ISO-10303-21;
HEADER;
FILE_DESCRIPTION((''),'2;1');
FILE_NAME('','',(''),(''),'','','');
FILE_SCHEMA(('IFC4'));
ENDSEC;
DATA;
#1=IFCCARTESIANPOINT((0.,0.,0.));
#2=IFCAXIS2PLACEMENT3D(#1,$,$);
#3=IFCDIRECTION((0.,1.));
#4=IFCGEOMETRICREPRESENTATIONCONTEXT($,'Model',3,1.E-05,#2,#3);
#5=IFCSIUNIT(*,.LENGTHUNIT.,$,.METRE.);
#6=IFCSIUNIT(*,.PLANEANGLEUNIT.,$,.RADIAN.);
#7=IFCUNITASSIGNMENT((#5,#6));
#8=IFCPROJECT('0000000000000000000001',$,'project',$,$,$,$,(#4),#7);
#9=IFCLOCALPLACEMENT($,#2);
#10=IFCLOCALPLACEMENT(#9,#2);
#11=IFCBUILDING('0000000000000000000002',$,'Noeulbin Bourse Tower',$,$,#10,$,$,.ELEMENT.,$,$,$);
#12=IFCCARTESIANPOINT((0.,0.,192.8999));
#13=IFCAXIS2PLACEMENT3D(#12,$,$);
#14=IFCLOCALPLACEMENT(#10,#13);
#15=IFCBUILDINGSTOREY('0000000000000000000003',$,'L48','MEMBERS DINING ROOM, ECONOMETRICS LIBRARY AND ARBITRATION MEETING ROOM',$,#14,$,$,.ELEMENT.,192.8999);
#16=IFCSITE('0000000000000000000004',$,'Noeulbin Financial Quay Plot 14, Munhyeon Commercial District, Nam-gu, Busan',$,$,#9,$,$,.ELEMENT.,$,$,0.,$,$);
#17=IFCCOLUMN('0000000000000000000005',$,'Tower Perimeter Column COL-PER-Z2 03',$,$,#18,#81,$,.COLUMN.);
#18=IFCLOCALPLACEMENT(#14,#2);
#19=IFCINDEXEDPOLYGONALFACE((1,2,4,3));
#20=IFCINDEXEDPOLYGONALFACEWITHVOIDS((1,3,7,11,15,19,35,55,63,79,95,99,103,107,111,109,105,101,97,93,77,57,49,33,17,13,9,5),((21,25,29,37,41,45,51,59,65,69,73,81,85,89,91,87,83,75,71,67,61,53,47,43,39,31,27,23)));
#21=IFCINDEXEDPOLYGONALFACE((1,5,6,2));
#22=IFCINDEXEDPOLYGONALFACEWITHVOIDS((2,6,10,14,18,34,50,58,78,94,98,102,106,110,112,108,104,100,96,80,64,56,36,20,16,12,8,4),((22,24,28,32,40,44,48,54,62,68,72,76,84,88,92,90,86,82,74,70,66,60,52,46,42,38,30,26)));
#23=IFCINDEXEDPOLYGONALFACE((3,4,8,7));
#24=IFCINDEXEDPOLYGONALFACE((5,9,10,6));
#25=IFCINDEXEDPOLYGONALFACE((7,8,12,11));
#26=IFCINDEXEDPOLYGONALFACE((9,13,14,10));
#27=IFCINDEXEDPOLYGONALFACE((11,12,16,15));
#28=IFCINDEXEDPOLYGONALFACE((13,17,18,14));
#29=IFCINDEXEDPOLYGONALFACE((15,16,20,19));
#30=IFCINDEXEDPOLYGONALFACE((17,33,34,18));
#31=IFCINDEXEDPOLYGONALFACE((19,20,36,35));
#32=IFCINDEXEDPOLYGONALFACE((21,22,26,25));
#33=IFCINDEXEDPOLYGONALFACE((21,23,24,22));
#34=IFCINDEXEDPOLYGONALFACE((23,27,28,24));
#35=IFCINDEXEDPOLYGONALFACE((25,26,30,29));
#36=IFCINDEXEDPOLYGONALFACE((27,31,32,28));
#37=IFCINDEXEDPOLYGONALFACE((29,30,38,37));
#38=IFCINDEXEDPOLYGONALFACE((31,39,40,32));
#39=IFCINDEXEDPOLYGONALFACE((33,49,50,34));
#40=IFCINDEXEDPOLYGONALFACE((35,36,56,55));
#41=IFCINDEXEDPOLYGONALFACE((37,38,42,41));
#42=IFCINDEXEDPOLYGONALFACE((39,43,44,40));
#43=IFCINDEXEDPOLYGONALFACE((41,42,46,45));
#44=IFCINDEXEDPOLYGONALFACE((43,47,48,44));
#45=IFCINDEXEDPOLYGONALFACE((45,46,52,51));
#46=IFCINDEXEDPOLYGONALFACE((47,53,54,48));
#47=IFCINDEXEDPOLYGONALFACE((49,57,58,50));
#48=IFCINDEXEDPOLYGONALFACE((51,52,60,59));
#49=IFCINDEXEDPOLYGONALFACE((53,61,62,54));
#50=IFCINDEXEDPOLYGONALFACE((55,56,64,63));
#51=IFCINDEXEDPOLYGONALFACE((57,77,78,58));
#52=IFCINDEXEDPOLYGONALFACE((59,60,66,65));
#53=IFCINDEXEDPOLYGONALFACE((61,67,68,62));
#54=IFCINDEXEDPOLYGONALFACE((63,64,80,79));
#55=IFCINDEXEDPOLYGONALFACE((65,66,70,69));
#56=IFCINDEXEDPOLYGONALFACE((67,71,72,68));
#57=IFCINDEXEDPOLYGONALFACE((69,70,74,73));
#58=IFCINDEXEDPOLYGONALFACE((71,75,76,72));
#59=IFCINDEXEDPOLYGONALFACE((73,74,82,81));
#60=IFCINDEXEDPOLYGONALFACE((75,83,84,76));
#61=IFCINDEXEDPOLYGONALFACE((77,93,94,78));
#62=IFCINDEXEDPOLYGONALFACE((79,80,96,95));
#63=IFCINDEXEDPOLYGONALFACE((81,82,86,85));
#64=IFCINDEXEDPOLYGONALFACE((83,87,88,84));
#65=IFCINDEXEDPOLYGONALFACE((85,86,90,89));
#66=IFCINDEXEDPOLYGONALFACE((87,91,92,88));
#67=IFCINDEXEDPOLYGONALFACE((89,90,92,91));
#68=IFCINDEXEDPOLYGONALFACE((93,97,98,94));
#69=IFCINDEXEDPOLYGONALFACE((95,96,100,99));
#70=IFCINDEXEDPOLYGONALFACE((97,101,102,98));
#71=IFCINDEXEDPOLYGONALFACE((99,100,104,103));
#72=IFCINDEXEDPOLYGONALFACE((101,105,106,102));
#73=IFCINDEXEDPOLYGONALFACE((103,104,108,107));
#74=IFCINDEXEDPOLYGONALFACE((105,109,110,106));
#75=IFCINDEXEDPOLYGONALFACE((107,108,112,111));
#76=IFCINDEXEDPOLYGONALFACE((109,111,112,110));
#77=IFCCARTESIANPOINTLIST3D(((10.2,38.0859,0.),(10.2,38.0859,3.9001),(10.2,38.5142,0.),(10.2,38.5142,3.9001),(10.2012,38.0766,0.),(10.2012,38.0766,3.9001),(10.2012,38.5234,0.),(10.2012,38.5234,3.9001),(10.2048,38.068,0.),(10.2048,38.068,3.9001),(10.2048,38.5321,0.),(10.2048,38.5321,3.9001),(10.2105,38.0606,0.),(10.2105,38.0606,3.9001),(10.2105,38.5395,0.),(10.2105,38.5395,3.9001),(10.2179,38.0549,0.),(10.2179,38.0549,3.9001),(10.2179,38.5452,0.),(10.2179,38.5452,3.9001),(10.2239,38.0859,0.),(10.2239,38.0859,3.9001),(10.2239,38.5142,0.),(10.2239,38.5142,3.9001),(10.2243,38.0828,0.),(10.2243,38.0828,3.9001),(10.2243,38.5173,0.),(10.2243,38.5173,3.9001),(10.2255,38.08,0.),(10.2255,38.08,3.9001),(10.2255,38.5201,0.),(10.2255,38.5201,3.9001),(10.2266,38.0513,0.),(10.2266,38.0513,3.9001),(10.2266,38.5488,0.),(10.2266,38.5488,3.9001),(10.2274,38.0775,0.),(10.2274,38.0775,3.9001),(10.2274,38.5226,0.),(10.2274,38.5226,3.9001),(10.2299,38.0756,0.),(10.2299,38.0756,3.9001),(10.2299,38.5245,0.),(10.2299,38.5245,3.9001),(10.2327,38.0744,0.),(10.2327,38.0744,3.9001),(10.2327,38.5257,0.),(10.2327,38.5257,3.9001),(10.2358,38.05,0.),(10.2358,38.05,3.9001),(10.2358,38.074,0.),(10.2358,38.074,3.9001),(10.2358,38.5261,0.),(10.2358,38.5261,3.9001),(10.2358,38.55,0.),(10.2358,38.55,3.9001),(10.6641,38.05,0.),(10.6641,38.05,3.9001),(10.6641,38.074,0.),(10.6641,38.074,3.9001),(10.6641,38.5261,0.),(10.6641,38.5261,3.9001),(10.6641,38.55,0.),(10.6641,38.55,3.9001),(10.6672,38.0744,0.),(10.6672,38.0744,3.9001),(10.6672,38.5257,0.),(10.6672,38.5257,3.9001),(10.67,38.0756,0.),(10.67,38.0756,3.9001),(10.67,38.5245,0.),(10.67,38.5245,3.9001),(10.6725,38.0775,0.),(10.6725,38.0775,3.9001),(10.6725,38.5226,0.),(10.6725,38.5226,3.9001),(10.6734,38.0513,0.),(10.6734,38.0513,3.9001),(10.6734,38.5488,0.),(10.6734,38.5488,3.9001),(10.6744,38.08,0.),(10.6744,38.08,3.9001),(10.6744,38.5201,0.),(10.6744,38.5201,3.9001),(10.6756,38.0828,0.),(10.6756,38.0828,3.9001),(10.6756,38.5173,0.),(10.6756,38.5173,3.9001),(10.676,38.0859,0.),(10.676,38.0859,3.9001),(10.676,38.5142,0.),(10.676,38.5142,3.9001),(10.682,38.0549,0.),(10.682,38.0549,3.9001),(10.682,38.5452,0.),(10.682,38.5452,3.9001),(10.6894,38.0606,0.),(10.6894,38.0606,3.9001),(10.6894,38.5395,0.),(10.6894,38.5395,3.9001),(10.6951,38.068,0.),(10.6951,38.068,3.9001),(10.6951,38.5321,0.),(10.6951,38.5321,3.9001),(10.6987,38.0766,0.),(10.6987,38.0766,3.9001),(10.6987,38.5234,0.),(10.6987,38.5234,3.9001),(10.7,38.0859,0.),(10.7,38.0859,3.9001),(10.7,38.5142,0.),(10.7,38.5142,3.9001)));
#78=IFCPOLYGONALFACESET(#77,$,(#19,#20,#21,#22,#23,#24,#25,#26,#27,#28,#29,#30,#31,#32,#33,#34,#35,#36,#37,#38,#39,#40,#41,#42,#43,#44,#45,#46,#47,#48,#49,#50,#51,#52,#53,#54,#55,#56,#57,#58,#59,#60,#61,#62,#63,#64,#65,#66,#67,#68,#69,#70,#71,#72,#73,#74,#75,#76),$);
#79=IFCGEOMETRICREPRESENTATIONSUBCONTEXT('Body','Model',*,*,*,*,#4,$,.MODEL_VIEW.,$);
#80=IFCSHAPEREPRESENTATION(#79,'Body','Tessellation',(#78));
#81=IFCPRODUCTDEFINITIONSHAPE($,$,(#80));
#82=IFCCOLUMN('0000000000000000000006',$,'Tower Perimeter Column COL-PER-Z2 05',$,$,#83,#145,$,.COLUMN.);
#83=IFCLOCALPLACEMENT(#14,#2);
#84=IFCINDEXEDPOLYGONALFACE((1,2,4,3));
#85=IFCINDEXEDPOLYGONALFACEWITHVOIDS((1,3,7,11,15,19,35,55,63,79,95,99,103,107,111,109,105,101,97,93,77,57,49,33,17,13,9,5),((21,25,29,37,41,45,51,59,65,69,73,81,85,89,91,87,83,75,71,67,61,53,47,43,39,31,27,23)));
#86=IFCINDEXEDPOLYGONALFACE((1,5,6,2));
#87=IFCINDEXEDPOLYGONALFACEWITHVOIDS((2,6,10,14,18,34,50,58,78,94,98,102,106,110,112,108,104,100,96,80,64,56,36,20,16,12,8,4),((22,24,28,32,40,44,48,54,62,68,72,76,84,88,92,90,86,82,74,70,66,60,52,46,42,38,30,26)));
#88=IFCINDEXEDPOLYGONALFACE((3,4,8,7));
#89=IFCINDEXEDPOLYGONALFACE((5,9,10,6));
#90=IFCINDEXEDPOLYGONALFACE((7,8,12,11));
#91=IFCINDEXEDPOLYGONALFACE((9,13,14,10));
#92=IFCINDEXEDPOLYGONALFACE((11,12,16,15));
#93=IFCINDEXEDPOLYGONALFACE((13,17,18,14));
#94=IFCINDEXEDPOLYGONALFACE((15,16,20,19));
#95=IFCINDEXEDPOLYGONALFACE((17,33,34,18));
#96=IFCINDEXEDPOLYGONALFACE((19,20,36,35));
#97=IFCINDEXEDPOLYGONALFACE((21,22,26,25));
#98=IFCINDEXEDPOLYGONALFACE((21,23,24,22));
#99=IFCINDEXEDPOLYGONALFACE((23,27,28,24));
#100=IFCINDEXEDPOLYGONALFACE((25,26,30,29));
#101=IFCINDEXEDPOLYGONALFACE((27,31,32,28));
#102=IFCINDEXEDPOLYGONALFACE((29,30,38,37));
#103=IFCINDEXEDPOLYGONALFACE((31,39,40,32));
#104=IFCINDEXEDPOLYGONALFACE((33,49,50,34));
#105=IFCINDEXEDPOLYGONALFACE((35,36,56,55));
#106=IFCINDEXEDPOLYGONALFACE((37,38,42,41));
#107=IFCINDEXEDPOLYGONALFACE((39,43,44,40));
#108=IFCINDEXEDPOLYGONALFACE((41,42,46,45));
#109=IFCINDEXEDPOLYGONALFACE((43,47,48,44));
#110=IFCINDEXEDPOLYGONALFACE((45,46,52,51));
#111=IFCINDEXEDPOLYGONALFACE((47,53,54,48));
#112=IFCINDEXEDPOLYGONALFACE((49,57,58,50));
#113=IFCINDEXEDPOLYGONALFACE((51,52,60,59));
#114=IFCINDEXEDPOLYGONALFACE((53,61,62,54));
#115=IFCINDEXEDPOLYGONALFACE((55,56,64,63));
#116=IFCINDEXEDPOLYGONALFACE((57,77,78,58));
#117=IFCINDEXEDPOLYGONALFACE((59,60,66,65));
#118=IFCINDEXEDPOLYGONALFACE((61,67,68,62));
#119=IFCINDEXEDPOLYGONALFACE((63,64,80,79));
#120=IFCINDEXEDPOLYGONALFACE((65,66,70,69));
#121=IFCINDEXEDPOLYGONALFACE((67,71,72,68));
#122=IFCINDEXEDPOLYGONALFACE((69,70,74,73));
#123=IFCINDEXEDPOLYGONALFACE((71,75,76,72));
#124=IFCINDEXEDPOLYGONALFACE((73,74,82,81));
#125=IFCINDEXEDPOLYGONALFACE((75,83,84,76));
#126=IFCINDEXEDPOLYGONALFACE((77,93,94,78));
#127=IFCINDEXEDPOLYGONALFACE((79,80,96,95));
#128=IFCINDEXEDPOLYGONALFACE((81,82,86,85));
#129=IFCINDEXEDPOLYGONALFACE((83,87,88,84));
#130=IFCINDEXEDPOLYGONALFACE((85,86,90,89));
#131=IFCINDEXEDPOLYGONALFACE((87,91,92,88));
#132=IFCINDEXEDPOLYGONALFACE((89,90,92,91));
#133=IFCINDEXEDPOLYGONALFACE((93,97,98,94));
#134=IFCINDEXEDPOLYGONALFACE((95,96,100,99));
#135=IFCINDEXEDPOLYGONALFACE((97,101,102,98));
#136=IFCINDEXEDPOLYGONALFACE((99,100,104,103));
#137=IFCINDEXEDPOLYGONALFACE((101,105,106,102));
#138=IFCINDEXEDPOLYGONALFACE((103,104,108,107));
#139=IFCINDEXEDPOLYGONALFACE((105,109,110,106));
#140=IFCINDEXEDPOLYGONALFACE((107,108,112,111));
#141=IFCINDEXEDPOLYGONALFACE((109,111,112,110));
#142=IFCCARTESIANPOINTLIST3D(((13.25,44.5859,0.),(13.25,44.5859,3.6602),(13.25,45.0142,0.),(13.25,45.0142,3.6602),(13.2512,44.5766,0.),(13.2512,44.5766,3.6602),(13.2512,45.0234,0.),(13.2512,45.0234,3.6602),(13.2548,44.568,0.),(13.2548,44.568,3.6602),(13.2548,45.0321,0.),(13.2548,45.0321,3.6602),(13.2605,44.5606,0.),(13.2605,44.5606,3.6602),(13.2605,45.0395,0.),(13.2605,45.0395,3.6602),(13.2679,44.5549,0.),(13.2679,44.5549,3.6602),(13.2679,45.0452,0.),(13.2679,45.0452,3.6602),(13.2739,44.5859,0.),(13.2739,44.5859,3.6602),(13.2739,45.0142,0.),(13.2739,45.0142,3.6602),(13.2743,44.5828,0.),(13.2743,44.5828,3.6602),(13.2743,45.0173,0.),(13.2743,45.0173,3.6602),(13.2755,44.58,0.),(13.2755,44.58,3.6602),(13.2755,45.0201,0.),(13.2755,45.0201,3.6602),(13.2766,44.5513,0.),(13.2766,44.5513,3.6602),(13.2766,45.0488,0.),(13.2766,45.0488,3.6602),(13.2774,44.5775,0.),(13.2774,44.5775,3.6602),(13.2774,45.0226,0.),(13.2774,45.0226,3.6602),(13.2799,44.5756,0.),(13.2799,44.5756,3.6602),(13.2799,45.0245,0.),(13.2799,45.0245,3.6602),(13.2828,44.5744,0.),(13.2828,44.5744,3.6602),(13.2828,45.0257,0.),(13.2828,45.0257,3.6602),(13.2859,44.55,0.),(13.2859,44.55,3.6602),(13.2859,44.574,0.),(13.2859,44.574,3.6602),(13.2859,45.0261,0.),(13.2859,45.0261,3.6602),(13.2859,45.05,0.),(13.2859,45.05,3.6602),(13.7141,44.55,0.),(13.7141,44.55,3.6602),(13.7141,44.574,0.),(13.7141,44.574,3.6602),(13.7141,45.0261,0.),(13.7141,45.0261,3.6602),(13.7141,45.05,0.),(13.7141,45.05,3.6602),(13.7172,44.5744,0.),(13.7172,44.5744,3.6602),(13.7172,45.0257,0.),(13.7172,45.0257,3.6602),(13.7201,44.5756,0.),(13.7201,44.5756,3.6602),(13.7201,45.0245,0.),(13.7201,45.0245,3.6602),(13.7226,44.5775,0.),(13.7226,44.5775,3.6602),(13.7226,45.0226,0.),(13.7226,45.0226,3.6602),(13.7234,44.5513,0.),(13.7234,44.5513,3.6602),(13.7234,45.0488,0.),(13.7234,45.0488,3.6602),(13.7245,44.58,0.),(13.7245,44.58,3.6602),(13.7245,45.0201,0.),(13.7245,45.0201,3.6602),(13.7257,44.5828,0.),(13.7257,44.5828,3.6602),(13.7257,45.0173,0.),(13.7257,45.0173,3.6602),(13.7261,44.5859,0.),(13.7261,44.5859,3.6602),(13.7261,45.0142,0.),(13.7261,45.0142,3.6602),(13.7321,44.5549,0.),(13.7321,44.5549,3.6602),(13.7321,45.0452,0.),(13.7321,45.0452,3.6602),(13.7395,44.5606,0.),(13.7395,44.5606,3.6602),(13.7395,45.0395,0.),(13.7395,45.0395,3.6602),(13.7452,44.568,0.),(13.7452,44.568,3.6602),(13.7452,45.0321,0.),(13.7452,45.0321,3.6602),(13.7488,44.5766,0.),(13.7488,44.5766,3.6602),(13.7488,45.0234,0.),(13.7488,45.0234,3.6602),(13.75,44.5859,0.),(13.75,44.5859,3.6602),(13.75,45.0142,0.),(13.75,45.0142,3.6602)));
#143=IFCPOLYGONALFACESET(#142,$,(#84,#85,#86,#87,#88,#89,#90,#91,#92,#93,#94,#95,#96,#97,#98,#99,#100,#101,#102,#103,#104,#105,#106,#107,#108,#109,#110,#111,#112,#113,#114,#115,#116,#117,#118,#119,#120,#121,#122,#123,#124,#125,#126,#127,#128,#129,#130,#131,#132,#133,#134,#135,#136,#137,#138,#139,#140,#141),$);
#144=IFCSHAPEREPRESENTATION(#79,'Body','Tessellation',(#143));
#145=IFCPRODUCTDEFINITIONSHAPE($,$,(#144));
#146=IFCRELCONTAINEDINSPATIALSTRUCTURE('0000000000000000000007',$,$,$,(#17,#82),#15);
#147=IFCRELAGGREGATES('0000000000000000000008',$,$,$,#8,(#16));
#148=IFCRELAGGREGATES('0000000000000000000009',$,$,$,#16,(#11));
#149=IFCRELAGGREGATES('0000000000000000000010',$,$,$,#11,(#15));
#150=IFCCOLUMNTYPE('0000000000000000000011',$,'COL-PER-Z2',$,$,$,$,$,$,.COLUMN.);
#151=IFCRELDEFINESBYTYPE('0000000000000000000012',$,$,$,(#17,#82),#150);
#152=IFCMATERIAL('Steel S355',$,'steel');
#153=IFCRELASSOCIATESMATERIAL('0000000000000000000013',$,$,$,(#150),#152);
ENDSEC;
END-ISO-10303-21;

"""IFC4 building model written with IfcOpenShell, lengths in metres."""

from ifc_helpers import new_model, si_unit, direction, frame, origin, origin_2d, place, context, subcontext, project, spatial, hollow_rectangle, extrude, material, material_profile, profile_set, type_object, element, save


model = new_model("IFC4")

# Units and contexts
model_context = context("Model", 3, precision=1e-05, world=origin(), true_north=direction((0.0, 1.0)))
body_context = subcontext(model_context, "Body", "Model", "MODEL_VIEW")
ifc_project = project(units=[si_unit("LENGTHUNIT", "METRE"), si_unit("PLANEANGLEUNIT", "RADIAN")], contexts=[model_context])

# Site, building, storey
site_placement = place(None, origin())
site = spatial("IfcSite", under=ifc_project, at=site_placement, Name="Noeulbin Financial Quay Plot 14, Munhyeon Commercial District, Nam-gu, Busan", CompositionType="ELEMENT", RefElevation=0.0)
building_placement = place(site_placement, origin())
building = spatial("IfcBuilding", under=site, at=building_placement, Name="Noeulbin Bourse Tower", CompositionType="ELEMENT")
storey_placement = place(building_placement, frame((0.0, 0.0, 192.8999)))
storey = spatial("IfcBuildingStorey", under=building, at=storey_placement, Name="L48", Description="MEMBERS DINING ROOM, ECONOMETRICS LIBRARY AND ARBITRATION MEETING ROOM", CompositionType="ELEMENT", Elevation=192.8999)

# Columns
ifc_material_1 = material(Name="Steel S355", Category="steel")
ifc_material_profile_1 = material_profile(ifc_material_1, hollow_rectangle(XDim=0.5, YDim=0.5, WallThickness=0.0239, InnerFilletRadius=0.012, OuterFilletRadius=0.0359, at=origin_2d()), Name="BOX-500x500x24", Category="LoadBearing")
ifc_profile_set_1 = profile_set([ifc_material_profile_1], Name="Steel S355")
column_type_1 = type_object("IfcColumnType", Name="COL-PER-Z2", PredefinedType="COLUMN", material=ifc_profile_set_1)
column_1_placement = place(storey_placement, frame((10.45, 38.3, 0.0), z_axis=(0.0, 0.0, 1.0), x_axis=(1.0, 0.0, 0.0)))
element("IfcColumn", 1, at=column_1_placement, inside=storey, type_object=column_type_1, Name="Tower Perimeter Column COL-PER-Z2 03", PredefinedType="COLUMN", context=body_context, shape_type="SweptSolid", body=[
    extrude(hollow_rectangle(XDim=0.5, YDim=0.5, WallThickness=0.0239, InnerFilletRadius=0.012, OuterFilletRadius=0.0359, at=origin_2d()), origin(), (0.0, 0.0, 1.0), 3.9001),
])
column_2_placement = place(storey_placement, frame((13.5, 44.8, 0.0), z_axis=(0.0, 0.0, 1.0), x_axis=(1.0, 0.0, 0.0)))
element("IfcColumn", 2, at=column_2_placement, inside=storey, type_object=column_type_1, Name="Tower Perimeter Column COL-PER-Z2 05", PredefinedType="COLUMN", context=body_context, shape_type="SweptSolid", body=[
    extrude(hollow_rectangle(XDim=0.5, YDim=0.5, WallThickness=0.0239, InnerFilletRadius=0.012, OuterFilletRadius=0.0359, at=origin_2d()), origin(), (0.0, 0.0, 1.0), 3.6602),
])

save(model, "model.ifc")
